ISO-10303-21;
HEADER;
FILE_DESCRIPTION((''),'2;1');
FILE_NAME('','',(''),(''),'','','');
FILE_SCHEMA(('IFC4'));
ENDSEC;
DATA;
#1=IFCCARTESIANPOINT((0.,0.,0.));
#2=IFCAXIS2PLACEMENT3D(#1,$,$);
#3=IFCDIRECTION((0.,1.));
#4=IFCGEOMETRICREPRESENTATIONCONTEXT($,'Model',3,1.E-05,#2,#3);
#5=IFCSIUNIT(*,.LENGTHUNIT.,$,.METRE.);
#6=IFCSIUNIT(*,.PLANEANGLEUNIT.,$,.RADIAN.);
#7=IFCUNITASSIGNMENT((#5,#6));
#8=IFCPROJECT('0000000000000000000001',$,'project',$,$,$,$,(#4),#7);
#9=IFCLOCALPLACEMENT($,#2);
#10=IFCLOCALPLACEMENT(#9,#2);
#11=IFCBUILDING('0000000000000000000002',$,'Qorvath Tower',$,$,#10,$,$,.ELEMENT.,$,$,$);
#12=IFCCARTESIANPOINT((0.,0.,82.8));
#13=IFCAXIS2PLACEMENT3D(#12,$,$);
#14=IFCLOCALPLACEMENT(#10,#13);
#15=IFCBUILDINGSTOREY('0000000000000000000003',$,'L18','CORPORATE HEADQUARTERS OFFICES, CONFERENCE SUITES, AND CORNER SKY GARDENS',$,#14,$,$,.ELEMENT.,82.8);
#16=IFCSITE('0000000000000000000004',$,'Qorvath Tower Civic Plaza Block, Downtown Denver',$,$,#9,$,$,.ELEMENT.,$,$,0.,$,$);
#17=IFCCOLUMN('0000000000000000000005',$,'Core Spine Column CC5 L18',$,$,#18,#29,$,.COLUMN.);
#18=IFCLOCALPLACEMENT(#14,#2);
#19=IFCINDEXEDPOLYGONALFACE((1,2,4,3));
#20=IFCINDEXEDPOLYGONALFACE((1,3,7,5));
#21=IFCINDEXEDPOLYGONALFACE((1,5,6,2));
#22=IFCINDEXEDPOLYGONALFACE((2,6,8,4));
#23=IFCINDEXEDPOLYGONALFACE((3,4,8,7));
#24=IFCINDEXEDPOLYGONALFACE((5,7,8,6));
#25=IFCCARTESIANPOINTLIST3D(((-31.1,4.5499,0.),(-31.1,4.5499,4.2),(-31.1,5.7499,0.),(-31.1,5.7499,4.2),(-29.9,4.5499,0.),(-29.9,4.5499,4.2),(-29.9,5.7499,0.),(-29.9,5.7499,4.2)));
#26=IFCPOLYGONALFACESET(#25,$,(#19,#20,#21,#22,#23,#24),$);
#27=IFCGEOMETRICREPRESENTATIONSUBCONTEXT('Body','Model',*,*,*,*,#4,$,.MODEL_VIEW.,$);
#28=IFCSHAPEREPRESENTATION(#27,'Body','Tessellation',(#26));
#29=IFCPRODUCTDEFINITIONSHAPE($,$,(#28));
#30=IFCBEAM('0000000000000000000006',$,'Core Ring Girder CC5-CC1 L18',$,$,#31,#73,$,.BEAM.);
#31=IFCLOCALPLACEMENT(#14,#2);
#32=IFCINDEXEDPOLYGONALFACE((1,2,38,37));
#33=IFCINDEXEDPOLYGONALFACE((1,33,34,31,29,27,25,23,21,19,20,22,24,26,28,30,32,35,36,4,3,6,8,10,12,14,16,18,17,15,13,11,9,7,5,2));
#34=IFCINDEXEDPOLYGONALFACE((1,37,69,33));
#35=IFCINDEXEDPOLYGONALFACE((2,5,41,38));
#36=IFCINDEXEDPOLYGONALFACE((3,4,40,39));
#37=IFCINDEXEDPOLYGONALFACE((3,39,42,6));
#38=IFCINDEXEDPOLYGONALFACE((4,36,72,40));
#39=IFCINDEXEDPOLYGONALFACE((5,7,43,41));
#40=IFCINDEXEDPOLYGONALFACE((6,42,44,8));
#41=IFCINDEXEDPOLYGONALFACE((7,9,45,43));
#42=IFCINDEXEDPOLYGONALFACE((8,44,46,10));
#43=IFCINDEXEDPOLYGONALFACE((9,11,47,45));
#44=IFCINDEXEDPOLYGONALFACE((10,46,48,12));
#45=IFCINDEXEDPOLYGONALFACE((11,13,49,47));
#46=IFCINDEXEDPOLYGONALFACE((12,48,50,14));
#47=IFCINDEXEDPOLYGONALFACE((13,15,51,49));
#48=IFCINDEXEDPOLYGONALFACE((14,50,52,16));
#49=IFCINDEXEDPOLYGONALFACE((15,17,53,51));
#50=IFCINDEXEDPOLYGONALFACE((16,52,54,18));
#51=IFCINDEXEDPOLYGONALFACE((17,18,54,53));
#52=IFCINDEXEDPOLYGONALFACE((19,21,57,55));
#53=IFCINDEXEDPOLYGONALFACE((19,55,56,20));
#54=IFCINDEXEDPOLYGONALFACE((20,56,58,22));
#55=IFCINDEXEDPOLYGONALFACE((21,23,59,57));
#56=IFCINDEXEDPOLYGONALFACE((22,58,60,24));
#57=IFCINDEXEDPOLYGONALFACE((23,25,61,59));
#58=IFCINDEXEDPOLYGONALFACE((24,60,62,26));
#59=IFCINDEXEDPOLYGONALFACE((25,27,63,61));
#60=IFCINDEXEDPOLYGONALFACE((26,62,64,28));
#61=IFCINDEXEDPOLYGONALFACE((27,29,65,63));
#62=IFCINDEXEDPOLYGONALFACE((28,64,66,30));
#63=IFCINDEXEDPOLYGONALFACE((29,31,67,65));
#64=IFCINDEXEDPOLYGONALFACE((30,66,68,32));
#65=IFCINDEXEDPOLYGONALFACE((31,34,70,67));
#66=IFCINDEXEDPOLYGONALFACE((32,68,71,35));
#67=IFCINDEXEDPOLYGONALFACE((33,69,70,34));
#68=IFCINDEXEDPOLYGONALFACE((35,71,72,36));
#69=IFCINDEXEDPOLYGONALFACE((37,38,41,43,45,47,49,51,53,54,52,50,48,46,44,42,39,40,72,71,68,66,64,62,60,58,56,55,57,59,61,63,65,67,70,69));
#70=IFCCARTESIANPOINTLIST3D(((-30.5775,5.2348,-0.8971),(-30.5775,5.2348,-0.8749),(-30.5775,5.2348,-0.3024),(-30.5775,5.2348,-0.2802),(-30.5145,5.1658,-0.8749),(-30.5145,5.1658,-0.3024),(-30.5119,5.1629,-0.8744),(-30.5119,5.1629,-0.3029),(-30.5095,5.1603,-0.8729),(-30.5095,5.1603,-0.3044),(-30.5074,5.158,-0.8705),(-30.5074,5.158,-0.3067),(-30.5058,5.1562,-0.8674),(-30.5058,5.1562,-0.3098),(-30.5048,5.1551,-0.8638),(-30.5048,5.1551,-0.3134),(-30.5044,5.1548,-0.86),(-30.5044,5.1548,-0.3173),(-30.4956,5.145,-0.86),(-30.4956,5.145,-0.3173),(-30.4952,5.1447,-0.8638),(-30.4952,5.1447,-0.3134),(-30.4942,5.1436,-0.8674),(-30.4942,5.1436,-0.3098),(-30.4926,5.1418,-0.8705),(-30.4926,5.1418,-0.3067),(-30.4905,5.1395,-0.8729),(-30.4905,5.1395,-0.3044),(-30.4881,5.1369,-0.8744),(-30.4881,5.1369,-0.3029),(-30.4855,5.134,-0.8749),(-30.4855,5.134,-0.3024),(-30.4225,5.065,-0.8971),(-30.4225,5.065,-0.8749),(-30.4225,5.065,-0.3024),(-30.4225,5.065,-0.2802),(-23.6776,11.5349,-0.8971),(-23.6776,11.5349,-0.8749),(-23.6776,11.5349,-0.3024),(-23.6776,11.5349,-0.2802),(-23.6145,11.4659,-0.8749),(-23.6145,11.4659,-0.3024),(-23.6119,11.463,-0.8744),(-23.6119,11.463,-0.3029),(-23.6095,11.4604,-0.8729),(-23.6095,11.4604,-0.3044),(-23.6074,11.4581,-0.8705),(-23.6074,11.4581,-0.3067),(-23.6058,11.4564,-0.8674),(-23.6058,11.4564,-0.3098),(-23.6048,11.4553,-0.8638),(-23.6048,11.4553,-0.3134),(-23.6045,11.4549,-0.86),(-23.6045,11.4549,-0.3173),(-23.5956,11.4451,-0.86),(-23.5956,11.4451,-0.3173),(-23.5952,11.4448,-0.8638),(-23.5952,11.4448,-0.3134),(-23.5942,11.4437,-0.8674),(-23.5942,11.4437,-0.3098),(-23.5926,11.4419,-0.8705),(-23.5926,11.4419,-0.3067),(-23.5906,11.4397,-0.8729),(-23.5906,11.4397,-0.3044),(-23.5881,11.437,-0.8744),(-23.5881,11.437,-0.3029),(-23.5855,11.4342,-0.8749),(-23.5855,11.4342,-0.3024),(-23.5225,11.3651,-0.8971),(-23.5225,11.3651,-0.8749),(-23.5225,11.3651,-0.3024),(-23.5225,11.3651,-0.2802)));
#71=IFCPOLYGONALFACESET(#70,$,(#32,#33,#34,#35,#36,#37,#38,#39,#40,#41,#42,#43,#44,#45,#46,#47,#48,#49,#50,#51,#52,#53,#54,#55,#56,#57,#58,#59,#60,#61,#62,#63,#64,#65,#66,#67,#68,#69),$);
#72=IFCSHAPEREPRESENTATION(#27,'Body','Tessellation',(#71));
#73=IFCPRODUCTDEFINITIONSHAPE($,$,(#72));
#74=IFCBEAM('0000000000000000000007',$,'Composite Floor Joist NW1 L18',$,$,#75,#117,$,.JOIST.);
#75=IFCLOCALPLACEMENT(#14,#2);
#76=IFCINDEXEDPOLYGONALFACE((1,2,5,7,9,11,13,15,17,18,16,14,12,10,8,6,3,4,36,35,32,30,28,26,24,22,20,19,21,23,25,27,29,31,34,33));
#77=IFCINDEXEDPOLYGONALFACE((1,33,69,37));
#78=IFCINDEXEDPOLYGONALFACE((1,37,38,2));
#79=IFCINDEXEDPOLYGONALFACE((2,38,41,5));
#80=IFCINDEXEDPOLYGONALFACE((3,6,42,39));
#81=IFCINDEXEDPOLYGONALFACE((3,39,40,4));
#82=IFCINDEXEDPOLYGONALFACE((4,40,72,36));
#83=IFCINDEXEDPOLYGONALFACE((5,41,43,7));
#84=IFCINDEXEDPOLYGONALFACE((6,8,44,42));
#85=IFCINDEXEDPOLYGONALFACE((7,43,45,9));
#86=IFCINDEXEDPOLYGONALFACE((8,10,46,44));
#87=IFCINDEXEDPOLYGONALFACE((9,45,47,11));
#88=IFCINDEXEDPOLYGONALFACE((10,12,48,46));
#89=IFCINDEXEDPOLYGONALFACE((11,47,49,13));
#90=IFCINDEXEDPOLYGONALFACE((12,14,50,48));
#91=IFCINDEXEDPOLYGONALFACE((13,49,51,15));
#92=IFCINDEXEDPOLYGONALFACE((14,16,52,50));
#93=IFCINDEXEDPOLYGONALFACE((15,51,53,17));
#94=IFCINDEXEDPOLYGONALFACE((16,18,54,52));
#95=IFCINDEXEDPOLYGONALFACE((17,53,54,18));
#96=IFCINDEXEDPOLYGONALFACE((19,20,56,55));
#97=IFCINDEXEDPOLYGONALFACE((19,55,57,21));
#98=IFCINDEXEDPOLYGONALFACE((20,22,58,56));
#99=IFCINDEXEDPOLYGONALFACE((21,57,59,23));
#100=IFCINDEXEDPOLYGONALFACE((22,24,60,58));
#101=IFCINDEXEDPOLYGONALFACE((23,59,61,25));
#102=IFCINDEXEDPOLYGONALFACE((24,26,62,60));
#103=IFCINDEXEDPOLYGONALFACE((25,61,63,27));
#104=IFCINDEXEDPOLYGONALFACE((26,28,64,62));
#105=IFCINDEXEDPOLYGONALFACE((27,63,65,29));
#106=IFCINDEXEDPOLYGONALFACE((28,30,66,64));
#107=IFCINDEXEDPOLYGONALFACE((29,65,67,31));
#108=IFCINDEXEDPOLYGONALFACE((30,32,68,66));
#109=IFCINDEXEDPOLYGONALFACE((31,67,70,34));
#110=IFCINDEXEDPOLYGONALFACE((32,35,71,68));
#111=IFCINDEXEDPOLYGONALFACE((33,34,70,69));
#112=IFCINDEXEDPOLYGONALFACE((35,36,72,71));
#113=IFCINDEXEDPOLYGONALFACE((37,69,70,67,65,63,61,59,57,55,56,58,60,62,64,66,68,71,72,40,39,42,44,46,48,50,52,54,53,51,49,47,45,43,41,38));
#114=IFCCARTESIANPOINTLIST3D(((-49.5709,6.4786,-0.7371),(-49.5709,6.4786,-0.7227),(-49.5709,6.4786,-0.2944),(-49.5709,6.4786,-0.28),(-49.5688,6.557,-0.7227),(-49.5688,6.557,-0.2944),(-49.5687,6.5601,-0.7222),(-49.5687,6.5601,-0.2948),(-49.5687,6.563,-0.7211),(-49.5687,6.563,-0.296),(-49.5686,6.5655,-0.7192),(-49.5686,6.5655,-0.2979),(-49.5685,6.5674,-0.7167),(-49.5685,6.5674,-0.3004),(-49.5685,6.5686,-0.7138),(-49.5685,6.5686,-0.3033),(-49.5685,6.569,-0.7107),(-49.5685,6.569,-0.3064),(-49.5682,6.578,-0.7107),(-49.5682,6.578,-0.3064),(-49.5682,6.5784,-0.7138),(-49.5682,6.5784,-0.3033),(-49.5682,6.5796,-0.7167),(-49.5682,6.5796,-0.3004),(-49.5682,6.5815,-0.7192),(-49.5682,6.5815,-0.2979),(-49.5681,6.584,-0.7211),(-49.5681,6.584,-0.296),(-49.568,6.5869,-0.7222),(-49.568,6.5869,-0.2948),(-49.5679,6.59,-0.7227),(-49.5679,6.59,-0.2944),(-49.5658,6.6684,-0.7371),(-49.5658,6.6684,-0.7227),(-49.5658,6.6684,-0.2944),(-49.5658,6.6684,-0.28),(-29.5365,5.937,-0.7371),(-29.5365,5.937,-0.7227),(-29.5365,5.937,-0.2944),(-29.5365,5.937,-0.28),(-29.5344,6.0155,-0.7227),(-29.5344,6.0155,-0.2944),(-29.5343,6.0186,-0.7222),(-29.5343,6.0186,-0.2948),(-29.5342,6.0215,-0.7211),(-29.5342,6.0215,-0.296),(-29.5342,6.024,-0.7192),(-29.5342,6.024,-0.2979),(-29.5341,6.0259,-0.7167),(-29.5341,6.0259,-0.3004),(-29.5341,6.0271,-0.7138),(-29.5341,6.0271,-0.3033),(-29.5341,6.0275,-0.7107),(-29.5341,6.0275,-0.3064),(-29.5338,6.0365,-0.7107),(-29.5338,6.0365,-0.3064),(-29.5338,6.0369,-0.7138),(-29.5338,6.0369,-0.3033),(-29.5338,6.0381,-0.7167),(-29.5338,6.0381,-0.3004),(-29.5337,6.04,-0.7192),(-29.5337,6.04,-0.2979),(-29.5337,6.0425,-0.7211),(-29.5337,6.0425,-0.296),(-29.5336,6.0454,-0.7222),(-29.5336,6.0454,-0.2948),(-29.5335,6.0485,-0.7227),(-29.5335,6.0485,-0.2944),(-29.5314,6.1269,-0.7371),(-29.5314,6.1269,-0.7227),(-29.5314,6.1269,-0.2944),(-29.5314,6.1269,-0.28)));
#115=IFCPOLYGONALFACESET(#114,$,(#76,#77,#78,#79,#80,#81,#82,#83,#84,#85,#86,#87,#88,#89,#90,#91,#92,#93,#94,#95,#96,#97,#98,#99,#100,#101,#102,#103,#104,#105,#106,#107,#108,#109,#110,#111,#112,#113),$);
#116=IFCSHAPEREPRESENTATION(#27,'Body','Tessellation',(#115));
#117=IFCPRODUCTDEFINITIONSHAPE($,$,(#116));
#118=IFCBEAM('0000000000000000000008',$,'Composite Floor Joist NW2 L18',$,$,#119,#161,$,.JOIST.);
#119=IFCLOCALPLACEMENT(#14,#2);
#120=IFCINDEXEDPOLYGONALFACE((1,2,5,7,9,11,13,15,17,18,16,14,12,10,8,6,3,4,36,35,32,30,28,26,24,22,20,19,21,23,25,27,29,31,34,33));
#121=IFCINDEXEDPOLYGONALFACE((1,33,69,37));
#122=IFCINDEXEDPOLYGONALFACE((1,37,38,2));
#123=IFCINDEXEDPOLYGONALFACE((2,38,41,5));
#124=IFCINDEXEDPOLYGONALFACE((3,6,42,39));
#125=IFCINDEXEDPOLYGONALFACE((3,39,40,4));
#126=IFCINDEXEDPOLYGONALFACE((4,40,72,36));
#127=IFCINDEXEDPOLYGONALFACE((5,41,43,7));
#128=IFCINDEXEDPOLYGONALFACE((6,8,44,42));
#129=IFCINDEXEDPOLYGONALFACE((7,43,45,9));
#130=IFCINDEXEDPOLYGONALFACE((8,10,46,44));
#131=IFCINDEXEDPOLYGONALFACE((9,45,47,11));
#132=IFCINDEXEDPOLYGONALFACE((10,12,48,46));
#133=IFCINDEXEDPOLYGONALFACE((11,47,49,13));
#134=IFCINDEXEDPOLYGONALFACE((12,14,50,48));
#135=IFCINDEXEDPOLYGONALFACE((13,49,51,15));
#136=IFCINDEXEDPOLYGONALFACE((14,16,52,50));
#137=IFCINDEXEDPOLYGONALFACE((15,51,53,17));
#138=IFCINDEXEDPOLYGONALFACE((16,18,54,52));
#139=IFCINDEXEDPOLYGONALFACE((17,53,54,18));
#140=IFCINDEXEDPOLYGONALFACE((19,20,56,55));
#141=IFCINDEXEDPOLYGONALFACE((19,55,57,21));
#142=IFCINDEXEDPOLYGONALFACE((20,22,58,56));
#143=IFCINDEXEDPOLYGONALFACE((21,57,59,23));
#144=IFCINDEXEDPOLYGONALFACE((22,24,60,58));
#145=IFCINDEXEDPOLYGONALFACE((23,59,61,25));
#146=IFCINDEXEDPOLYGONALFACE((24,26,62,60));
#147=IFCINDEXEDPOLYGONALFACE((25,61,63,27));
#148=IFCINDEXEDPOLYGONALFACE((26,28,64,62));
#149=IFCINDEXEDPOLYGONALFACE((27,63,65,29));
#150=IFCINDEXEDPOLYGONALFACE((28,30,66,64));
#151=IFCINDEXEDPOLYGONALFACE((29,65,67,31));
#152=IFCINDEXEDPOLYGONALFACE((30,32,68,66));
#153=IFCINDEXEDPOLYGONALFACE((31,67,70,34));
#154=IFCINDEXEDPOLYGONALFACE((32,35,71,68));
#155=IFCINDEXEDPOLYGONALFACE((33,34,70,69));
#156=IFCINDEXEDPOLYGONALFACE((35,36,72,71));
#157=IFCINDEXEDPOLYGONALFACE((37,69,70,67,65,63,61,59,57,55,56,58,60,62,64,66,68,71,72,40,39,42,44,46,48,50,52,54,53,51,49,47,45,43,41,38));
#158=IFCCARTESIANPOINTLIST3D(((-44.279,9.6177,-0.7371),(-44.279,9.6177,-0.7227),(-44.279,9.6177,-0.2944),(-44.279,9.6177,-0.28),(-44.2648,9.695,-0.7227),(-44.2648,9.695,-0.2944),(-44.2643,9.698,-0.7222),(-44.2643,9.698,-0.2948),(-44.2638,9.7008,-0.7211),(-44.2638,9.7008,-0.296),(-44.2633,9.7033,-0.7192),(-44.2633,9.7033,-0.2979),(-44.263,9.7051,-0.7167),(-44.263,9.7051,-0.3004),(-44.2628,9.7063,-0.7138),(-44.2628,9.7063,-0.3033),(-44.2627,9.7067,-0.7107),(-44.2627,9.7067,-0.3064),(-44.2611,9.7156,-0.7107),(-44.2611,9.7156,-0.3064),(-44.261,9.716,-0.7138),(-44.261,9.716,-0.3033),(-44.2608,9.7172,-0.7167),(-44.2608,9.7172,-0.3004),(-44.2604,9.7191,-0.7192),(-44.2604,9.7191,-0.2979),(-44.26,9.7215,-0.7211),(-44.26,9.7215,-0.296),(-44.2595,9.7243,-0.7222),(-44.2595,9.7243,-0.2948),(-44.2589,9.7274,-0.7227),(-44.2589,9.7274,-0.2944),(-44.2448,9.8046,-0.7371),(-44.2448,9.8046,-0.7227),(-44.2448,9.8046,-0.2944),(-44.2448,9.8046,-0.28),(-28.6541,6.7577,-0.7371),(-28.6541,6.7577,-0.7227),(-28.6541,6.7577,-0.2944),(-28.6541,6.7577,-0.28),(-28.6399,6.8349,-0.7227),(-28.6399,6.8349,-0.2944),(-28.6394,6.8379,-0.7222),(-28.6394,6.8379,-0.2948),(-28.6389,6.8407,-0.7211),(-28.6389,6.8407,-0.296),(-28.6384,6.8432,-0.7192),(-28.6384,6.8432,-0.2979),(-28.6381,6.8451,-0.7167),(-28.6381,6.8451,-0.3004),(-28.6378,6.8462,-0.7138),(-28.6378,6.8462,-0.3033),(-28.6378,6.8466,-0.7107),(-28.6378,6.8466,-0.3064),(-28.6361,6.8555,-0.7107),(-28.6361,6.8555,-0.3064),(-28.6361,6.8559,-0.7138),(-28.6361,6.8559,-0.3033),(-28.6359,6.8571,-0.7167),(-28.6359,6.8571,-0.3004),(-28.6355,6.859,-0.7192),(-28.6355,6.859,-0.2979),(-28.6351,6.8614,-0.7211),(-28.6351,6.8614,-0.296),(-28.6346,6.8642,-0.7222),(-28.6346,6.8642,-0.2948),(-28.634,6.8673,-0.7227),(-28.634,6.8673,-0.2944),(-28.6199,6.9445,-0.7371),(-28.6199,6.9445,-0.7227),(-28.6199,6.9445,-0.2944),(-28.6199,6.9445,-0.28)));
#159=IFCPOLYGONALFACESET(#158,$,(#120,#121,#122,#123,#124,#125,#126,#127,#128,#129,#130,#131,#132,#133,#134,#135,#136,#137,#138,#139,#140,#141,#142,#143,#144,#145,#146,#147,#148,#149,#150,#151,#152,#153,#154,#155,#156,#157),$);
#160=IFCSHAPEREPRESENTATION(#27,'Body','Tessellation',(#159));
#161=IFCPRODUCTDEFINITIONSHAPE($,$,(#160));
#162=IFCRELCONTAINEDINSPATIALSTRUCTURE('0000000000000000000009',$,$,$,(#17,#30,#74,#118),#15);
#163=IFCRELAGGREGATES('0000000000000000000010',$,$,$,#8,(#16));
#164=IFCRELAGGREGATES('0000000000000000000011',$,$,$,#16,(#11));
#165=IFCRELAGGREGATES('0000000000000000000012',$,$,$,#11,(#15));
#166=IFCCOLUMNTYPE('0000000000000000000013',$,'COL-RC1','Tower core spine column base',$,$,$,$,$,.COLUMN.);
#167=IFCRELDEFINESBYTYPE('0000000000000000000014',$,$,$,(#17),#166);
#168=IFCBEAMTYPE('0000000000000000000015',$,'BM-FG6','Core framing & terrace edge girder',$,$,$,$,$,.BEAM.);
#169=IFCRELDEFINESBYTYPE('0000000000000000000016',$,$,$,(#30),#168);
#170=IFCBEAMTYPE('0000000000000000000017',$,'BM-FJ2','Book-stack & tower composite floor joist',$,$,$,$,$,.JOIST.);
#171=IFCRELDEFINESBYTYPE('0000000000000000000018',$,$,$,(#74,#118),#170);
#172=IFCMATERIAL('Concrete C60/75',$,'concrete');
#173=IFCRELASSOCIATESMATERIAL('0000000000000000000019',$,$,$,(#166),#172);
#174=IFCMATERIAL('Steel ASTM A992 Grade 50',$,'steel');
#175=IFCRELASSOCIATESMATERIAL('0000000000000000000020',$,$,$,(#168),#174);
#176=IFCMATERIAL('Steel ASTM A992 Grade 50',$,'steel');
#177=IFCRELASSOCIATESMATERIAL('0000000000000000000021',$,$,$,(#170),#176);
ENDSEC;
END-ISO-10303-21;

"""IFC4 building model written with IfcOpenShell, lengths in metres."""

from ifc_helpers import new_model, si_unit, direction, frame, origin, origin_2d, place, context, subcontext, project, spatial, rectangle, i_section, extrude, material, material_profile, profile_set, type_object, element, save


model = new_model("IFC4")

# Units and contexts
model_context = context("Model", 3, precision=1e-05, world=origin(), true_north=direction((0.0, 1.0)))
body_context = subcontext(model_context, "Body", "Model", "MODEL_VIEW")
ifc_project = project(units=[si_unit("LENGTHUNIT", "METRE"), si_unit("PLANEANGLEUNIT", "RADIAN")], contexts=[model_context])

# Site, building, storey
site_placement = place(None, origin())
site = spatial("IfcSite", under=ifc_project, at=site_placement, Name="Qorvath Tower Civic Plaza Block, Downtown Denver", CompositionType="ELEMENT", RefElevation=0.0)
building_placement = place(site_placement, origin())
building = spatial("IfcBuilding", under=site, at=building_placement, Name="Qorvath Tower", CompositionType="ELEMENT")
storey_placement = place(building_placement, frame((0.0, 0.0, 82.8)))
storey = spatial("IfcBuildingStorey", under=building, at=storey_placement, Name="L18", Description="CORPORATE HEADQUARTERS OFFICES, CONFERENCE SUITES, AND CORNER SKY GARDENS", CompositionType="ELEMENT", Elevation=82.8)

# Column
ifc_material_1 = material(Name="Concrete C60/75", Category="concrete")
ifc_material_profile_1 = material_profile(ifc_material_1, rectangle(XDim=1.2, YDim=1.2, at=origin_2d()), Name="RC 1200x1200")
ifc_profile_set_1 = profile_set([ifc_material_profile_1], Name="Concrete C60/75")
column_type = type_object("IfcColumnType", Name="COL-RC1", Description="Tower core spine column base", PredefinedType="COLUMN", material=ifc_profile_set_1)
column_placement = place(storey_placement, frame((-30.5, 5.1499, 0.0), z_axis=(0.0, 0.0, 1.0), x_axis=(1.0, 0.0, 0.0)))
element("IfcColumn", 1, at=column_placement, inside=storey, type_object=column_type, Name="Core Spine Column CC5 L18", PredefinedType="COLUMN", context=body_context, shape_type="SweptSolid", body=[
    extrude(rectangle(XDim=1.2, YDim=1.2, at=origin_2d()), origin(), (0.0, 0.0, 1.0), 4.2),
])

# Beams
ifc_material_2 = material(Name="Steel ASTM A992 Grade 50", Category="steel")
ifc_material_profile_2 = material_profile(ifc_material_2, i_section(OverallWidth=0.23, OverallDepth=0.6169, WebThickness=0.0132, FlangeThickness=0.0222, FilletRadius=0.0149, at=origin_2d()), Name="W24x94")
ifc_profile_set_2 = profile_set([ifc_material_profile_2], Name="Steel ASTM A992 Grade 50")
beam_type_1 = type_object("IfcBeamType", Name="BM-FG6", Description="Core framing & terrace edge girder", PredefinedType="BEAM", material=ifc_profile_set_2)
beam_1_placement = place(storey_placement, frame((-30.5, 5.1499, -0.5886), z_axis=(0.738478, 0.674277, 0.0), x_axis=(-0.674277, 0.738478, 0.0)))
element("IfcBeam", 2, at=beam_1_placement, inside=storey, type_object=beam_type_1, Name="Core Ring Girder CC5-CC1 L18", PredefinedType="BEAM", context=body_context, shape_type="SweptSolid", body=[
    extrude(i_section(OverallWidth=0.23, OverallDepth=0.6169, WebThickness=0.0132, FlangeThickness=0.0222, FilletRadius=0.0149, at=origin_2d()), origin(), (0.0, 0.0, 1.0), 9.3435),
])
ifc_material_3 = material(Name="Steel ASTM A992 Grade 50", Category="steel")
ifc_material_profile_3 = material_profile(ifc_material_3, i_section(OverallWidth=0.1899, OverallDepth=0.457, WebThickness=0.009, FlangeThickness=0.0144, FilletRadius=0.012, at=origin_2d()), Name="W18x50")
ifc_profile_set_3 = profile_set([ifc_material_profile_3], Name="Steel ASTM A992 Grade 50")
beam_type_2 = type_object("IfcBeamType", Name="BM-FJ2", Description="Book-stack & tower composite floor joist", PredefinedType="JOIST", material=ifc_profile_set_3)
beam_2_placement = place(storey_placement, frame((-29.5339, 6.032, -0.5085), z_axis=(-0.999635, 0.027019, 0.0), x_axis=(-0.027019, -0.999635, 0.0)))
element("IfcBeam", 3, at=beam_2_placement, inside=storey, type_object=beam_type_2, Name="Composite Floor Joist NW1 L18", PredefinedType="JOIST", context=body_context, shape_type="SweptSolid", body=[
    extrude(i_section(OverallWidth=0.1899, OverallDepth=0.457, WebThickness=0.009, FlangeThickness=0.0144, FilletRadius=0.012, at=origin_2d()), origin(), (0.0, 0.0, 1.0), 20.0417),
])
beam_3_placement = place(storey_placement, frame((-28.637, 6.8511, -0.5085), z_axis=(-0.983656, 0.180055, 0.0), x_axis=(-0.180055, -0.983656, 0.0)))
element("IfcBeam", 4, at=beam_3_placement, inside=storey, type_object=beam_type_2, Name="Composite Floor Joist NW2 L18", PredefinedType="JOIST", context=body_context, shape_type="SweptSolid", body=[
    extrude(i_section(OverallWidth=0.1899, OverallDepth=0.457, WebThickness=0.009, FlangeThickness=0.0144, FilletRadius=0.012, at=origin_2d()), origin(), (0.0, 0.0, 1.0), 15.8845),
])

save(model, "model.ifc")
